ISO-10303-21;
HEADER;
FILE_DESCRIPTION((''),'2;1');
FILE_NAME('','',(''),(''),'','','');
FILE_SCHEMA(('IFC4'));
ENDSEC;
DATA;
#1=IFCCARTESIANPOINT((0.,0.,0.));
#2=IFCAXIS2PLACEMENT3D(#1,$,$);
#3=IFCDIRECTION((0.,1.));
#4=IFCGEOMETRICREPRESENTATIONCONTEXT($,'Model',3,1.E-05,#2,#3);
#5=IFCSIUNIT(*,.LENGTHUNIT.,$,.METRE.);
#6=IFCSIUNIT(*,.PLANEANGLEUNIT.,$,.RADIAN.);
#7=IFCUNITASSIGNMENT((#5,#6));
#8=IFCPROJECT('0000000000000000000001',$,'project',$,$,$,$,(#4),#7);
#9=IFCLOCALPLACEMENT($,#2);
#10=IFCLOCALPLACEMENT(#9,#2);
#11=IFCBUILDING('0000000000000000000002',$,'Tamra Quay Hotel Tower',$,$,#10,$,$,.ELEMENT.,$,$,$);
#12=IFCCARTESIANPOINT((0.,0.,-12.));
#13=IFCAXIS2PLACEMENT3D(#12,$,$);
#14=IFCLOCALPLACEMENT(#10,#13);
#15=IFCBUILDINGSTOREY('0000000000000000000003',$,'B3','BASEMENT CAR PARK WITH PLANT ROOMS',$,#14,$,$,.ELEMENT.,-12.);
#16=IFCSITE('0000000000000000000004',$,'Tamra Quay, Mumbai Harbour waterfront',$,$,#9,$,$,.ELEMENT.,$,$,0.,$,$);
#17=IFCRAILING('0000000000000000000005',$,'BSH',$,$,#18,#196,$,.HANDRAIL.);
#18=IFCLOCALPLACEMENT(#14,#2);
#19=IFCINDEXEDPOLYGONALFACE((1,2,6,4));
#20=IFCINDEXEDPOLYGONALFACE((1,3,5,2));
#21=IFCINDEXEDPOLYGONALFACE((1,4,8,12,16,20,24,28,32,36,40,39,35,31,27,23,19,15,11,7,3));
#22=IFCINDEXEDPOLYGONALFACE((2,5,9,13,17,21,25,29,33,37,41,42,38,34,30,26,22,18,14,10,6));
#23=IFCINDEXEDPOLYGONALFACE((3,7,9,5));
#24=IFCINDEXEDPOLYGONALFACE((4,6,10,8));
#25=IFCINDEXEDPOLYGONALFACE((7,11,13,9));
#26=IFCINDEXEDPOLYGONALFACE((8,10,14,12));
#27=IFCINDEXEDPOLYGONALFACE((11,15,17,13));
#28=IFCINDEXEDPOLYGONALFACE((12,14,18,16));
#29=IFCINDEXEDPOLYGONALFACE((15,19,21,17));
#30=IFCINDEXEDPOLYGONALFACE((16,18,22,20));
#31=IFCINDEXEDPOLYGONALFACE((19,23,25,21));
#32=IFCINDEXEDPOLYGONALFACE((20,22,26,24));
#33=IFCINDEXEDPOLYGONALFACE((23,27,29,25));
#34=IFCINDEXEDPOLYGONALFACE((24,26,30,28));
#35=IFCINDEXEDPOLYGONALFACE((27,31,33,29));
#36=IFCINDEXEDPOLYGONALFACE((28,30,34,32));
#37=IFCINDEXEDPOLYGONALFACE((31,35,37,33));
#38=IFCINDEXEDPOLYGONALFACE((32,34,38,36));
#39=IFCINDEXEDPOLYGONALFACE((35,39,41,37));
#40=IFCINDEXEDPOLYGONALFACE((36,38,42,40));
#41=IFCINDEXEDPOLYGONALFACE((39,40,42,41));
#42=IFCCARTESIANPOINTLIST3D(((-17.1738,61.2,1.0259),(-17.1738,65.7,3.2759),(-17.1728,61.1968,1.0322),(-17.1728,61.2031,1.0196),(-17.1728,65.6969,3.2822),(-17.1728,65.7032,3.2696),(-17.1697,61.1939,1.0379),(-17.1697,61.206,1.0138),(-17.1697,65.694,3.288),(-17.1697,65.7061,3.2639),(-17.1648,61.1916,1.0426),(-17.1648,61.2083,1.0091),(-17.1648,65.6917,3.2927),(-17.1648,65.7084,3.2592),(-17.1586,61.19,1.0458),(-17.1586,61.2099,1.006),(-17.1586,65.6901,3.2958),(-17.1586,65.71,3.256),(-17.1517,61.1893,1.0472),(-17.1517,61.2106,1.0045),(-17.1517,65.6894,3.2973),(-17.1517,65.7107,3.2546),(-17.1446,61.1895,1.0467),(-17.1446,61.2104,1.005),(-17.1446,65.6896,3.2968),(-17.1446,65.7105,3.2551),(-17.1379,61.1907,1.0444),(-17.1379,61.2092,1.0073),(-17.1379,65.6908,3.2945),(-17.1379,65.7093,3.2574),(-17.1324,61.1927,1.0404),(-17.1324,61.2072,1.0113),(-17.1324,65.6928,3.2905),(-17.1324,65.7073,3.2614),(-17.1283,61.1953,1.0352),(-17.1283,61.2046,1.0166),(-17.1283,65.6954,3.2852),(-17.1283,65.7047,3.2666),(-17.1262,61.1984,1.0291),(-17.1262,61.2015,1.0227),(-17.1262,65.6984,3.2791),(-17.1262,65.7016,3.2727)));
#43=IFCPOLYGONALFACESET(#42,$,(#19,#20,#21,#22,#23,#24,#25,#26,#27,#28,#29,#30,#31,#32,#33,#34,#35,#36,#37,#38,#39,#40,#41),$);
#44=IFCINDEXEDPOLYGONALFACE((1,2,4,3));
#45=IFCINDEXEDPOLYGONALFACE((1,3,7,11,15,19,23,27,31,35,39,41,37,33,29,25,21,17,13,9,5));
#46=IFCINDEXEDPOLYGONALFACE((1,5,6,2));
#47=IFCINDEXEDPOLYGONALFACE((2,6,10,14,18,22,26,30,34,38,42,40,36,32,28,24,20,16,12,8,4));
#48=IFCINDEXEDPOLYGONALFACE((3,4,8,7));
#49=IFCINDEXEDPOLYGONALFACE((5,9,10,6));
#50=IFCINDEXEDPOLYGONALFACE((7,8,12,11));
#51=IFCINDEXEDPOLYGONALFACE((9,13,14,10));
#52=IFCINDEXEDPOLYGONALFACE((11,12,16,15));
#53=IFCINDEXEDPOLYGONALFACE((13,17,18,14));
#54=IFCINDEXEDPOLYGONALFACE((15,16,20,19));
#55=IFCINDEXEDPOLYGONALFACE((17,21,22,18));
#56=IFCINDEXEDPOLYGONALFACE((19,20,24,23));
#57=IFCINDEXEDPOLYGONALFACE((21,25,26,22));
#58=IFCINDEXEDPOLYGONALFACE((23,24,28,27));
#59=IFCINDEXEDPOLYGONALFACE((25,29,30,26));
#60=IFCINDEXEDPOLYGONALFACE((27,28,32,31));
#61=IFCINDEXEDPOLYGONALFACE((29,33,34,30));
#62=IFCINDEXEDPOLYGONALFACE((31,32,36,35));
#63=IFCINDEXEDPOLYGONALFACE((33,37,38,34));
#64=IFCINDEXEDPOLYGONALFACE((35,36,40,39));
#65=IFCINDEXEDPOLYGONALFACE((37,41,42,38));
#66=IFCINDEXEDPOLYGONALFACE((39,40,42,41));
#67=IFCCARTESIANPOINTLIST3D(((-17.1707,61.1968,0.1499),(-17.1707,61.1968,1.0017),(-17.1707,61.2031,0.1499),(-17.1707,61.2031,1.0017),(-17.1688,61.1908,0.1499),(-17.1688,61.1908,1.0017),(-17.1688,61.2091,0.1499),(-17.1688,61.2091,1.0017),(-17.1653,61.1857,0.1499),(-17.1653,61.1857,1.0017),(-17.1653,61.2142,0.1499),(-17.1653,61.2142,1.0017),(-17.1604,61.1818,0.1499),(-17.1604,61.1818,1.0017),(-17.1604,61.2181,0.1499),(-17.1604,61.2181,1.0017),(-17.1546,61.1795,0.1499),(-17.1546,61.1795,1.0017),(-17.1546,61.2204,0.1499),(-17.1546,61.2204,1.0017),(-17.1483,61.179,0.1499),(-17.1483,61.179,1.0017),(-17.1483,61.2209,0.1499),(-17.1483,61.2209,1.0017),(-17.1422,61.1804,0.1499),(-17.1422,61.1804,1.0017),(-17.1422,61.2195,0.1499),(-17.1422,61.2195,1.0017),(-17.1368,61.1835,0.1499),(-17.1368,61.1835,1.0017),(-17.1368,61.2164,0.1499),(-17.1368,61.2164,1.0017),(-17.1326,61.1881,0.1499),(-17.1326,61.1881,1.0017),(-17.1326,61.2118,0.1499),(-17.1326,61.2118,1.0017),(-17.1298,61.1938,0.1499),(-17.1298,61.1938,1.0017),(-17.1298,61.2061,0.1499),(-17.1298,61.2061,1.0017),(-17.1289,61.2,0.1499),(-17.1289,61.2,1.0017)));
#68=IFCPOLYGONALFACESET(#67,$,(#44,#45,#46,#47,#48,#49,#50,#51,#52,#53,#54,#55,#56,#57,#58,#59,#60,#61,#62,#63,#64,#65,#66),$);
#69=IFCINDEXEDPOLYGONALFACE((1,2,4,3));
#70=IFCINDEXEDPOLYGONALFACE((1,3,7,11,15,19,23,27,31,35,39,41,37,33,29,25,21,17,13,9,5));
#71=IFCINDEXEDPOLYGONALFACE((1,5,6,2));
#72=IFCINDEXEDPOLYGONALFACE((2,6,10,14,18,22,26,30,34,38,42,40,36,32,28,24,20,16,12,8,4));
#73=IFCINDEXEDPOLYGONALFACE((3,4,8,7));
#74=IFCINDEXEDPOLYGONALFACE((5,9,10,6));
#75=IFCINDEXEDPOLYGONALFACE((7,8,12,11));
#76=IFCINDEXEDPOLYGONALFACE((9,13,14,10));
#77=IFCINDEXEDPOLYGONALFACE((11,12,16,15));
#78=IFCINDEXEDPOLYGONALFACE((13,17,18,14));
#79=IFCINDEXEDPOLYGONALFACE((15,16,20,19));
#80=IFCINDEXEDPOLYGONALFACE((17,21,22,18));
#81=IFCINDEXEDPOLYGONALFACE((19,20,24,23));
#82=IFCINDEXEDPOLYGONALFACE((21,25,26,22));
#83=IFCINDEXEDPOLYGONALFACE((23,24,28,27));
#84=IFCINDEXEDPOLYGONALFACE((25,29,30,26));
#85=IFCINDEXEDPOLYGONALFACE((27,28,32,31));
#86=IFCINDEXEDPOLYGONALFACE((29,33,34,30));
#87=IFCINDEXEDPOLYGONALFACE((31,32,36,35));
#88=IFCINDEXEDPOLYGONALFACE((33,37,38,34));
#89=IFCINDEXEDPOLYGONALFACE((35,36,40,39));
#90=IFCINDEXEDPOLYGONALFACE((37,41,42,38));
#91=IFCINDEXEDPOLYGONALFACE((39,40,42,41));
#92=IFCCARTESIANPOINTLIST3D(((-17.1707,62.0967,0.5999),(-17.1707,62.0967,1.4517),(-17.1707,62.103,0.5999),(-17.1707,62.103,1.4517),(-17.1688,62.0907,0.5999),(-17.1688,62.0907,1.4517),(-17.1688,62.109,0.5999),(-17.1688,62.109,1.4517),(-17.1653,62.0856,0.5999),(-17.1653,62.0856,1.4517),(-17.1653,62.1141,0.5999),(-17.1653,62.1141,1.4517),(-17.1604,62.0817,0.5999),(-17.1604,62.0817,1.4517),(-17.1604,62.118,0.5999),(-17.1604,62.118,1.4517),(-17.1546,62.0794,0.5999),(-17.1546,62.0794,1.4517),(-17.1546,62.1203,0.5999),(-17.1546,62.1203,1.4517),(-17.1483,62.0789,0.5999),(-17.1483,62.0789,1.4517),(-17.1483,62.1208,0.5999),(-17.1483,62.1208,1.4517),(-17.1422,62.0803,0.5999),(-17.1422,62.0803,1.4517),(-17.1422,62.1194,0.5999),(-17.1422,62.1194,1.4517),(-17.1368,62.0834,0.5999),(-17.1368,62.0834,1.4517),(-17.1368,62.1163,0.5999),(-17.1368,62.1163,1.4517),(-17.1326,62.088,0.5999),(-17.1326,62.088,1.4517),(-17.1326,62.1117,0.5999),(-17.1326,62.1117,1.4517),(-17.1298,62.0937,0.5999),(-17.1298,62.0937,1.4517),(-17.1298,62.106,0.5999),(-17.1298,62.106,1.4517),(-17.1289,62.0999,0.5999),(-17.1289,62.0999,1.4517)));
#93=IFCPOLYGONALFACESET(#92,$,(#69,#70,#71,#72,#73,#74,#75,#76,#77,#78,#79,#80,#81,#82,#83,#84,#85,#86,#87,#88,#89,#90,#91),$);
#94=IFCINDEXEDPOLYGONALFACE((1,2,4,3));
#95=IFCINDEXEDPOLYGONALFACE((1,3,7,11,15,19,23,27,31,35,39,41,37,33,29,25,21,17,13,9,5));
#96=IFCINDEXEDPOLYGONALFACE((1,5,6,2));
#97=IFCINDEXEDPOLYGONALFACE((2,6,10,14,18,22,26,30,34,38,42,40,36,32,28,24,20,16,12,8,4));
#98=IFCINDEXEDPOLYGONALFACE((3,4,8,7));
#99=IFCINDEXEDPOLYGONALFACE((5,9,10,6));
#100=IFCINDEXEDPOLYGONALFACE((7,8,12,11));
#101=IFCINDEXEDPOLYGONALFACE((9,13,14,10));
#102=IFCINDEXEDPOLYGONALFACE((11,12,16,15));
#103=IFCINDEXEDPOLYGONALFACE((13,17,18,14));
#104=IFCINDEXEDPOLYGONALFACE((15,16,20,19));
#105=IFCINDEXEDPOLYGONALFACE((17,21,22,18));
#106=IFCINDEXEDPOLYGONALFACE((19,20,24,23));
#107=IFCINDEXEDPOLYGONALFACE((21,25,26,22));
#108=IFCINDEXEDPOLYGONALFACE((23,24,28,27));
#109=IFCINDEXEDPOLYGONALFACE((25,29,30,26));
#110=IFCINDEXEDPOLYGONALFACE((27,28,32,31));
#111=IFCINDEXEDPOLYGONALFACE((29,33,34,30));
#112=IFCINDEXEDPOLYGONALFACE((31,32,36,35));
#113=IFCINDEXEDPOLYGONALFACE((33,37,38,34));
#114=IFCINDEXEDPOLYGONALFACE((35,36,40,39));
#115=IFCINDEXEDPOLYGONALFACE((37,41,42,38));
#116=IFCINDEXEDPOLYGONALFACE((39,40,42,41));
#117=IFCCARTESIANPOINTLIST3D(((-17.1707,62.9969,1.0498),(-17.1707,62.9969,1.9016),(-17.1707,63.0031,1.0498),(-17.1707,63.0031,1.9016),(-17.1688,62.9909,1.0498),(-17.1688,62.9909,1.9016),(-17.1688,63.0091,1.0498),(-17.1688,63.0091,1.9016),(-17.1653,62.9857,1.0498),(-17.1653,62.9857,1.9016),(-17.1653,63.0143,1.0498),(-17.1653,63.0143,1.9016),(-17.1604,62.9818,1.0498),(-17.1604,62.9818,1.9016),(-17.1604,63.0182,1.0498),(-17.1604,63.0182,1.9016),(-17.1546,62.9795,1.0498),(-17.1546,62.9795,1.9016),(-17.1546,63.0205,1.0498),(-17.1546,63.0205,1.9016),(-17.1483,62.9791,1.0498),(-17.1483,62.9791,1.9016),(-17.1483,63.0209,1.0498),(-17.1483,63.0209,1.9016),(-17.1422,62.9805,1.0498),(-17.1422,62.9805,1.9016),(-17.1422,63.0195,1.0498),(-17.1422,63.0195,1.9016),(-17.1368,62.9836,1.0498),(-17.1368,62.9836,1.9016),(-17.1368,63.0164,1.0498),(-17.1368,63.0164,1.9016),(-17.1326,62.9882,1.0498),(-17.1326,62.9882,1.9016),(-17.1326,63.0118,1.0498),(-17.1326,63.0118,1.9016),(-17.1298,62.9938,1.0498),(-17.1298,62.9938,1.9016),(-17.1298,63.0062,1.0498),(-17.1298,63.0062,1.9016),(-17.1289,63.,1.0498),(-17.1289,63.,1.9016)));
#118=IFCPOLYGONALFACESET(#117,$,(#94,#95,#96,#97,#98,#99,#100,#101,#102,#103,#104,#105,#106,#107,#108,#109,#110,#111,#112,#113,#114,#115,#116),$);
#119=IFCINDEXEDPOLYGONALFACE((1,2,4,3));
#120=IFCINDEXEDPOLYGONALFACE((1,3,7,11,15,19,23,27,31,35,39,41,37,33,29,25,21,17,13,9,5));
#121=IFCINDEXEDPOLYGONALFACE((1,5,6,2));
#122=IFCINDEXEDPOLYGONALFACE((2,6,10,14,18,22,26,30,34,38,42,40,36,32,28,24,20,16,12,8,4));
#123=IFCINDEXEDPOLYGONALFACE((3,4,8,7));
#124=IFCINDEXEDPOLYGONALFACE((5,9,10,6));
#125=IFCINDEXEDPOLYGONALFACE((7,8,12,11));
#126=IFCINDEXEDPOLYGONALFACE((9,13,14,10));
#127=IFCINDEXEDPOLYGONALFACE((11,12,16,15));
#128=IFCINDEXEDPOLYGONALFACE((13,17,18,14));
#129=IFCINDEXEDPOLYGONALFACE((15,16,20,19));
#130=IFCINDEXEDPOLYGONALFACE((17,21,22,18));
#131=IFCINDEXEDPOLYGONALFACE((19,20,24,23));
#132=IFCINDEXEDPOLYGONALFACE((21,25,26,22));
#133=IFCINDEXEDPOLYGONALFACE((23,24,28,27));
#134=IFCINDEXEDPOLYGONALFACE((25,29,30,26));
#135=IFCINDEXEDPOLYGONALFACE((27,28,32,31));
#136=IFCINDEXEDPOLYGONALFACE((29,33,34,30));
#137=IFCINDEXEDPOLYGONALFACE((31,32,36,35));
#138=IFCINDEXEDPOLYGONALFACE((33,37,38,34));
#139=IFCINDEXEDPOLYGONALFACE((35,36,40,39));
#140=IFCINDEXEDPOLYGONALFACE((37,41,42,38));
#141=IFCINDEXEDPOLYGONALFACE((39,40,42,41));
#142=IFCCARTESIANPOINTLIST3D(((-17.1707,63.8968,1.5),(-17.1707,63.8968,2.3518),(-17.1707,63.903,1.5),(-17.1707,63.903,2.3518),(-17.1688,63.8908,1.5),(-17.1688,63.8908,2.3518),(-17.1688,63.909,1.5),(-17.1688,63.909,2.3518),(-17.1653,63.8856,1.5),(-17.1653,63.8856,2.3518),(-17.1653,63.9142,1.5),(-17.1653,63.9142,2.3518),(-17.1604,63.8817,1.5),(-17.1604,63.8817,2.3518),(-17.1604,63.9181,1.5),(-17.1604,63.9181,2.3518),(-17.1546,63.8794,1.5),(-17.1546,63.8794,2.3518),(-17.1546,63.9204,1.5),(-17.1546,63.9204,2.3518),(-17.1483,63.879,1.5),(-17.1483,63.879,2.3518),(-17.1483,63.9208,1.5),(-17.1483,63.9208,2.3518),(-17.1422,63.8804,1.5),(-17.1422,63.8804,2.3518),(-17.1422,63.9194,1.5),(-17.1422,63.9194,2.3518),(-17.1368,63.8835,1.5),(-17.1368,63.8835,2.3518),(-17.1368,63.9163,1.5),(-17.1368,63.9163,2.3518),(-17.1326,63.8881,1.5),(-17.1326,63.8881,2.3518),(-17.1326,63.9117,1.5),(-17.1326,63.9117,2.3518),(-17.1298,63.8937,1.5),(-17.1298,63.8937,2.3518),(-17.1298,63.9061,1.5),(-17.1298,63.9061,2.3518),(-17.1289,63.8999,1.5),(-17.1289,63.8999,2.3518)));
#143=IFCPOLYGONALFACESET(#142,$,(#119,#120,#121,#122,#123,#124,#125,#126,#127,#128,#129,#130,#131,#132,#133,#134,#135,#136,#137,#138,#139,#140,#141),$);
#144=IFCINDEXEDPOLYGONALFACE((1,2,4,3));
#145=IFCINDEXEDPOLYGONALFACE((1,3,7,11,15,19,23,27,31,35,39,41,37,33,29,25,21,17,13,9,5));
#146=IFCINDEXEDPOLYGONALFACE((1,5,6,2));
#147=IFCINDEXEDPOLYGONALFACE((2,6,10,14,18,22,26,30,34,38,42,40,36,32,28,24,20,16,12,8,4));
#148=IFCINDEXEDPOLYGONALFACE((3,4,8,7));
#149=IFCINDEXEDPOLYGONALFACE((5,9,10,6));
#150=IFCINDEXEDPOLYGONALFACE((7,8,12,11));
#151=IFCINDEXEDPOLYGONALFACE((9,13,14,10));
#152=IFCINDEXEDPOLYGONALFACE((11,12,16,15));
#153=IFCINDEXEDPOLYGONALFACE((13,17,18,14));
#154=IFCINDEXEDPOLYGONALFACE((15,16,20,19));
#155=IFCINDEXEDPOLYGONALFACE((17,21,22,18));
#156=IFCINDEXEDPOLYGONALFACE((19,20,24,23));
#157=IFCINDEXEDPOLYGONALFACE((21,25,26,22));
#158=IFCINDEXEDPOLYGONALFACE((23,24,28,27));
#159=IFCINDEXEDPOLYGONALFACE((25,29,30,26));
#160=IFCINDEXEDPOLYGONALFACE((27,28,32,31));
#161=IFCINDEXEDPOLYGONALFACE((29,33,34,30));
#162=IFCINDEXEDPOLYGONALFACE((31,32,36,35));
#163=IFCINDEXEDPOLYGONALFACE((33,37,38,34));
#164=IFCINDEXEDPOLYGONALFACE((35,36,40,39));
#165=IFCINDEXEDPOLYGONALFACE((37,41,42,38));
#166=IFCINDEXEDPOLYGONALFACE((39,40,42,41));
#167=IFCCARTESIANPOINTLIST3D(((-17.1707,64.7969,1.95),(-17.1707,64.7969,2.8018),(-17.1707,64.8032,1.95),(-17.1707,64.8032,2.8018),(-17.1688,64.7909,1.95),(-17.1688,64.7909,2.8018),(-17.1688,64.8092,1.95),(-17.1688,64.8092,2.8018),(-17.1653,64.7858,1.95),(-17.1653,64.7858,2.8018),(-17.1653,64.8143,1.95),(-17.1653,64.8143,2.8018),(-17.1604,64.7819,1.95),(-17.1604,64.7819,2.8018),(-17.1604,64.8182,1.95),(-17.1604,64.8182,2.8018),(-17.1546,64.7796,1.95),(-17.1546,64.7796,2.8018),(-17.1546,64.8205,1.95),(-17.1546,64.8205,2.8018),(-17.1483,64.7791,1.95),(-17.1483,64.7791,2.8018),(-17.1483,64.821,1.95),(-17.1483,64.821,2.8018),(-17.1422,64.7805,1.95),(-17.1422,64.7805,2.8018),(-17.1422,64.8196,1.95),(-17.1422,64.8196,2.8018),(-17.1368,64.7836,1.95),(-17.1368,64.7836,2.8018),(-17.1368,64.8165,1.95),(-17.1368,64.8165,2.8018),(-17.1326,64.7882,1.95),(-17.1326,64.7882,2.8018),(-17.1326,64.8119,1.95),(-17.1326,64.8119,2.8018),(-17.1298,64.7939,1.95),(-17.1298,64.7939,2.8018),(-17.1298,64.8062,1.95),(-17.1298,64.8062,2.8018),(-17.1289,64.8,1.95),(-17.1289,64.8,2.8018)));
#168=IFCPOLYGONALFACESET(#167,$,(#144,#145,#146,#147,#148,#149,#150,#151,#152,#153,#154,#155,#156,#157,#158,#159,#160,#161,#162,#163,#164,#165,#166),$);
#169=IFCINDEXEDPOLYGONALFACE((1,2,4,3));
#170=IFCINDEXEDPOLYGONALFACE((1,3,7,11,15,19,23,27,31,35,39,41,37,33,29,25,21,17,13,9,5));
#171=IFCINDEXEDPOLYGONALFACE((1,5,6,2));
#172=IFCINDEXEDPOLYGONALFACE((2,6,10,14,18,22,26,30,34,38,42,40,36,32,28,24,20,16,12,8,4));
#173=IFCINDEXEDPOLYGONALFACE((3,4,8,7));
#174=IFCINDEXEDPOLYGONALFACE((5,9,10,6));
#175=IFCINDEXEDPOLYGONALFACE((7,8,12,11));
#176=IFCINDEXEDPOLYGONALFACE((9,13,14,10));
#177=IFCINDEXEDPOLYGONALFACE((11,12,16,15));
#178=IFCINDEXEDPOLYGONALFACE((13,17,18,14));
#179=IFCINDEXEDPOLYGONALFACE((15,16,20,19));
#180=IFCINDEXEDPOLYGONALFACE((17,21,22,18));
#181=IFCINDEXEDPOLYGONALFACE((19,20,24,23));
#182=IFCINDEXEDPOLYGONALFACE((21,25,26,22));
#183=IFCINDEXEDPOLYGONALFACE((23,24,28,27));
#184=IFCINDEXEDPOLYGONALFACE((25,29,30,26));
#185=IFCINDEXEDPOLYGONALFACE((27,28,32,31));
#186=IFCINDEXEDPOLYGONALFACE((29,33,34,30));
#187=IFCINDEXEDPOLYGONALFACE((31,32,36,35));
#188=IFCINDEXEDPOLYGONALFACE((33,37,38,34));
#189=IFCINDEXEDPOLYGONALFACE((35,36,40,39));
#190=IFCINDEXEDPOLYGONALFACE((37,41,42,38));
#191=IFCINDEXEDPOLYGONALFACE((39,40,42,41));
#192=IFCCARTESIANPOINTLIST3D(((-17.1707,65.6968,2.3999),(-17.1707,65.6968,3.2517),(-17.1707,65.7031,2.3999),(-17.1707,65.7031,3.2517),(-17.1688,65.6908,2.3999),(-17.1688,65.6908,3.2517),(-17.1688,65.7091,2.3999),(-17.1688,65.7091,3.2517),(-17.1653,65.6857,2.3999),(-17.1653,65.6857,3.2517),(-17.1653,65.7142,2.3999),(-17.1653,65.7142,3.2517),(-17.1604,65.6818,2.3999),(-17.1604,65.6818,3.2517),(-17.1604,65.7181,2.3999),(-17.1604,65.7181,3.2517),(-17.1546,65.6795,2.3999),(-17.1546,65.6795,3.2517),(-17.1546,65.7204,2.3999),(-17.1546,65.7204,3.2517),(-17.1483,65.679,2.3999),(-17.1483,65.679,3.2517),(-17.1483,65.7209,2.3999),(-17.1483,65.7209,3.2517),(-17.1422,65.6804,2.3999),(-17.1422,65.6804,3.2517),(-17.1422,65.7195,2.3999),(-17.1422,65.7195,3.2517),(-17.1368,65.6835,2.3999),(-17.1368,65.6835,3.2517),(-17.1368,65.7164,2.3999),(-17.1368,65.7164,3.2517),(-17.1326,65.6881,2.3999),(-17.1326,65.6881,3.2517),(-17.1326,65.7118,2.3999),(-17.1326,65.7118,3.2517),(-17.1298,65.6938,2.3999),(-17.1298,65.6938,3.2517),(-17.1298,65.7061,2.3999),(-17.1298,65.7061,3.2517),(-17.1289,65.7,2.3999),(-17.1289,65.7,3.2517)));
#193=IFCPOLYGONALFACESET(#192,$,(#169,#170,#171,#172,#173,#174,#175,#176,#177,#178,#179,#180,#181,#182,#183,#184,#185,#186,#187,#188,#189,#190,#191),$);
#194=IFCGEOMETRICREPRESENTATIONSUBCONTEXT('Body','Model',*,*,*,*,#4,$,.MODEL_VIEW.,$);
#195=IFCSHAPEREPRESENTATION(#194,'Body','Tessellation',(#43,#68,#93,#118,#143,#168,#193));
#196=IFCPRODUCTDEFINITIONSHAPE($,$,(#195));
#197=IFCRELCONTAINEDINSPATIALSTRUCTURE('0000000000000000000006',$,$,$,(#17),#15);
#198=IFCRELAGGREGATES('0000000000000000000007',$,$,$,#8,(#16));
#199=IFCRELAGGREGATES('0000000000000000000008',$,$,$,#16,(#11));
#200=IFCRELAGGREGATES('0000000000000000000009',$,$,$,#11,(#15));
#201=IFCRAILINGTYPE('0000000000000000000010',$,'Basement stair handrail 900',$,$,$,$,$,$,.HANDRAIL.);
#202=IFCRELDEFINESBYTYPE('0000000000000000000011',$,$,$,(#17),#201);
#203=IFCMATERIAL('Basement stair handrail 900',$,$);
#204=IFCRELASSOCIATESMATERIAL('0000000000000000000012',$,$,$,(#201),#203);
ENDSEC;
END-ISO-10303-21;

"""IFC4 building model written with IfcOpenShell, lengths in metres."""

from ifc_helpers import new_model, si_unit, direction, frame, origin, origin_2d, place, context, subcontext, project, spatial, circle, extrude, material, type_object, element, save


model = new_model("IFC4")

# Units and contexts
model_context = context("Model", 3, precision=1e-05, world=origin(), true_north=direction((0.0, 1.0)))
body_context = subcontext(model_context, "Body", "Model", "MODEL_VIEW")
ifc_project = project(units=[si_unit("LENGTHUNIT", "METRE"), si_unit("PLANEANGLEUNIT", "RADIAN")], contexts=[model_context])

# Site, building, storey
site_placement = place(None, origin())
site = spatial("IfcSite", under=ifc_project, at=site_placement, Name="Tamra Quay, Mumbai Harbour waterfront", CompositionType="ELEMENT", RefElevation=0.0)
building_placement = place(site_placement, origin())
building = spatial("IfcBuilding", under=site, at=building_placement, Name="Tamra Quay Hotel Tower", CompositionType="ELEMENT")
storey_placement = place(building_placement, frame((0.0, 0.0, -12.0)))
storey = spatial("IfcBuildingStorey", under=building, at=storey_placement, Name="B3", Description="BASEMENT CAR PARK WITH PLANT ROOMS", CompositionType="ELEMENT", Elevation=-12.0)

# Railing
ifc_material_1 = material(Name="Basement stair handrail 900")
railing_type_1 = type_object("IfcRailingType", Name="Basement stair handrail 900", PredefinedType="HANDRAIL", material=ifc_material_1)
railing_1_placement = place(storey_placement, frame((-17.1499, 61.2, 0.1499)))
element("IfcRailing", 1, at=railing_1_placement, inside=storey, type_object=railing_type_1, Name="BSH", PredefinedType="HANDRAIL", context=body_context, shape_type="SweptSolid", body=[
    extrude(circle(Radius=0.0239, at=origin_2d()), frame((0.0, 0.0, 0.876), z_axis=(0.0, 0.894427, 0.447214), x_axis=(-1.0, 0.0, 0.0)), (0.0, 0.0, 1.0), 5.0312),
    extrude(circle(Radius=0.021, at=origin_2d()), origin(), (0.0, 0.0, 1.0), 0.8518),
    extrude(circle(Radius=0.021, at=origin_2d()), frame((0.0, 0.8999, 0.45)), (0.0, 0.0, 1.0), 0.8518),
    extrude(circle(Radius=0.021, at=origin_2d()), frame((0.0, 1.8, 0.8999)), (0.0, 0.0, 1.0), 0.8518),
    extrude(circle(Radius=0.021, at=origin_2d()), frame((0.0, 2.7, 1.3501)), (0.0, 0.0, 1.0), 0.8518),
    extrude(circle(Radius=0.021, at=origin_2d()), frame((0.0, 3.6001, 1.8)), (0.0, 0.0, 1.0), 0.8518),
    extrude(circle(Radius=0.021, at=origin_2d()), frame((0.0, 4.5, 2.25)), (0.0, 0.0, 1.0), 0.8518),
])

save(model, "model.ifc")
